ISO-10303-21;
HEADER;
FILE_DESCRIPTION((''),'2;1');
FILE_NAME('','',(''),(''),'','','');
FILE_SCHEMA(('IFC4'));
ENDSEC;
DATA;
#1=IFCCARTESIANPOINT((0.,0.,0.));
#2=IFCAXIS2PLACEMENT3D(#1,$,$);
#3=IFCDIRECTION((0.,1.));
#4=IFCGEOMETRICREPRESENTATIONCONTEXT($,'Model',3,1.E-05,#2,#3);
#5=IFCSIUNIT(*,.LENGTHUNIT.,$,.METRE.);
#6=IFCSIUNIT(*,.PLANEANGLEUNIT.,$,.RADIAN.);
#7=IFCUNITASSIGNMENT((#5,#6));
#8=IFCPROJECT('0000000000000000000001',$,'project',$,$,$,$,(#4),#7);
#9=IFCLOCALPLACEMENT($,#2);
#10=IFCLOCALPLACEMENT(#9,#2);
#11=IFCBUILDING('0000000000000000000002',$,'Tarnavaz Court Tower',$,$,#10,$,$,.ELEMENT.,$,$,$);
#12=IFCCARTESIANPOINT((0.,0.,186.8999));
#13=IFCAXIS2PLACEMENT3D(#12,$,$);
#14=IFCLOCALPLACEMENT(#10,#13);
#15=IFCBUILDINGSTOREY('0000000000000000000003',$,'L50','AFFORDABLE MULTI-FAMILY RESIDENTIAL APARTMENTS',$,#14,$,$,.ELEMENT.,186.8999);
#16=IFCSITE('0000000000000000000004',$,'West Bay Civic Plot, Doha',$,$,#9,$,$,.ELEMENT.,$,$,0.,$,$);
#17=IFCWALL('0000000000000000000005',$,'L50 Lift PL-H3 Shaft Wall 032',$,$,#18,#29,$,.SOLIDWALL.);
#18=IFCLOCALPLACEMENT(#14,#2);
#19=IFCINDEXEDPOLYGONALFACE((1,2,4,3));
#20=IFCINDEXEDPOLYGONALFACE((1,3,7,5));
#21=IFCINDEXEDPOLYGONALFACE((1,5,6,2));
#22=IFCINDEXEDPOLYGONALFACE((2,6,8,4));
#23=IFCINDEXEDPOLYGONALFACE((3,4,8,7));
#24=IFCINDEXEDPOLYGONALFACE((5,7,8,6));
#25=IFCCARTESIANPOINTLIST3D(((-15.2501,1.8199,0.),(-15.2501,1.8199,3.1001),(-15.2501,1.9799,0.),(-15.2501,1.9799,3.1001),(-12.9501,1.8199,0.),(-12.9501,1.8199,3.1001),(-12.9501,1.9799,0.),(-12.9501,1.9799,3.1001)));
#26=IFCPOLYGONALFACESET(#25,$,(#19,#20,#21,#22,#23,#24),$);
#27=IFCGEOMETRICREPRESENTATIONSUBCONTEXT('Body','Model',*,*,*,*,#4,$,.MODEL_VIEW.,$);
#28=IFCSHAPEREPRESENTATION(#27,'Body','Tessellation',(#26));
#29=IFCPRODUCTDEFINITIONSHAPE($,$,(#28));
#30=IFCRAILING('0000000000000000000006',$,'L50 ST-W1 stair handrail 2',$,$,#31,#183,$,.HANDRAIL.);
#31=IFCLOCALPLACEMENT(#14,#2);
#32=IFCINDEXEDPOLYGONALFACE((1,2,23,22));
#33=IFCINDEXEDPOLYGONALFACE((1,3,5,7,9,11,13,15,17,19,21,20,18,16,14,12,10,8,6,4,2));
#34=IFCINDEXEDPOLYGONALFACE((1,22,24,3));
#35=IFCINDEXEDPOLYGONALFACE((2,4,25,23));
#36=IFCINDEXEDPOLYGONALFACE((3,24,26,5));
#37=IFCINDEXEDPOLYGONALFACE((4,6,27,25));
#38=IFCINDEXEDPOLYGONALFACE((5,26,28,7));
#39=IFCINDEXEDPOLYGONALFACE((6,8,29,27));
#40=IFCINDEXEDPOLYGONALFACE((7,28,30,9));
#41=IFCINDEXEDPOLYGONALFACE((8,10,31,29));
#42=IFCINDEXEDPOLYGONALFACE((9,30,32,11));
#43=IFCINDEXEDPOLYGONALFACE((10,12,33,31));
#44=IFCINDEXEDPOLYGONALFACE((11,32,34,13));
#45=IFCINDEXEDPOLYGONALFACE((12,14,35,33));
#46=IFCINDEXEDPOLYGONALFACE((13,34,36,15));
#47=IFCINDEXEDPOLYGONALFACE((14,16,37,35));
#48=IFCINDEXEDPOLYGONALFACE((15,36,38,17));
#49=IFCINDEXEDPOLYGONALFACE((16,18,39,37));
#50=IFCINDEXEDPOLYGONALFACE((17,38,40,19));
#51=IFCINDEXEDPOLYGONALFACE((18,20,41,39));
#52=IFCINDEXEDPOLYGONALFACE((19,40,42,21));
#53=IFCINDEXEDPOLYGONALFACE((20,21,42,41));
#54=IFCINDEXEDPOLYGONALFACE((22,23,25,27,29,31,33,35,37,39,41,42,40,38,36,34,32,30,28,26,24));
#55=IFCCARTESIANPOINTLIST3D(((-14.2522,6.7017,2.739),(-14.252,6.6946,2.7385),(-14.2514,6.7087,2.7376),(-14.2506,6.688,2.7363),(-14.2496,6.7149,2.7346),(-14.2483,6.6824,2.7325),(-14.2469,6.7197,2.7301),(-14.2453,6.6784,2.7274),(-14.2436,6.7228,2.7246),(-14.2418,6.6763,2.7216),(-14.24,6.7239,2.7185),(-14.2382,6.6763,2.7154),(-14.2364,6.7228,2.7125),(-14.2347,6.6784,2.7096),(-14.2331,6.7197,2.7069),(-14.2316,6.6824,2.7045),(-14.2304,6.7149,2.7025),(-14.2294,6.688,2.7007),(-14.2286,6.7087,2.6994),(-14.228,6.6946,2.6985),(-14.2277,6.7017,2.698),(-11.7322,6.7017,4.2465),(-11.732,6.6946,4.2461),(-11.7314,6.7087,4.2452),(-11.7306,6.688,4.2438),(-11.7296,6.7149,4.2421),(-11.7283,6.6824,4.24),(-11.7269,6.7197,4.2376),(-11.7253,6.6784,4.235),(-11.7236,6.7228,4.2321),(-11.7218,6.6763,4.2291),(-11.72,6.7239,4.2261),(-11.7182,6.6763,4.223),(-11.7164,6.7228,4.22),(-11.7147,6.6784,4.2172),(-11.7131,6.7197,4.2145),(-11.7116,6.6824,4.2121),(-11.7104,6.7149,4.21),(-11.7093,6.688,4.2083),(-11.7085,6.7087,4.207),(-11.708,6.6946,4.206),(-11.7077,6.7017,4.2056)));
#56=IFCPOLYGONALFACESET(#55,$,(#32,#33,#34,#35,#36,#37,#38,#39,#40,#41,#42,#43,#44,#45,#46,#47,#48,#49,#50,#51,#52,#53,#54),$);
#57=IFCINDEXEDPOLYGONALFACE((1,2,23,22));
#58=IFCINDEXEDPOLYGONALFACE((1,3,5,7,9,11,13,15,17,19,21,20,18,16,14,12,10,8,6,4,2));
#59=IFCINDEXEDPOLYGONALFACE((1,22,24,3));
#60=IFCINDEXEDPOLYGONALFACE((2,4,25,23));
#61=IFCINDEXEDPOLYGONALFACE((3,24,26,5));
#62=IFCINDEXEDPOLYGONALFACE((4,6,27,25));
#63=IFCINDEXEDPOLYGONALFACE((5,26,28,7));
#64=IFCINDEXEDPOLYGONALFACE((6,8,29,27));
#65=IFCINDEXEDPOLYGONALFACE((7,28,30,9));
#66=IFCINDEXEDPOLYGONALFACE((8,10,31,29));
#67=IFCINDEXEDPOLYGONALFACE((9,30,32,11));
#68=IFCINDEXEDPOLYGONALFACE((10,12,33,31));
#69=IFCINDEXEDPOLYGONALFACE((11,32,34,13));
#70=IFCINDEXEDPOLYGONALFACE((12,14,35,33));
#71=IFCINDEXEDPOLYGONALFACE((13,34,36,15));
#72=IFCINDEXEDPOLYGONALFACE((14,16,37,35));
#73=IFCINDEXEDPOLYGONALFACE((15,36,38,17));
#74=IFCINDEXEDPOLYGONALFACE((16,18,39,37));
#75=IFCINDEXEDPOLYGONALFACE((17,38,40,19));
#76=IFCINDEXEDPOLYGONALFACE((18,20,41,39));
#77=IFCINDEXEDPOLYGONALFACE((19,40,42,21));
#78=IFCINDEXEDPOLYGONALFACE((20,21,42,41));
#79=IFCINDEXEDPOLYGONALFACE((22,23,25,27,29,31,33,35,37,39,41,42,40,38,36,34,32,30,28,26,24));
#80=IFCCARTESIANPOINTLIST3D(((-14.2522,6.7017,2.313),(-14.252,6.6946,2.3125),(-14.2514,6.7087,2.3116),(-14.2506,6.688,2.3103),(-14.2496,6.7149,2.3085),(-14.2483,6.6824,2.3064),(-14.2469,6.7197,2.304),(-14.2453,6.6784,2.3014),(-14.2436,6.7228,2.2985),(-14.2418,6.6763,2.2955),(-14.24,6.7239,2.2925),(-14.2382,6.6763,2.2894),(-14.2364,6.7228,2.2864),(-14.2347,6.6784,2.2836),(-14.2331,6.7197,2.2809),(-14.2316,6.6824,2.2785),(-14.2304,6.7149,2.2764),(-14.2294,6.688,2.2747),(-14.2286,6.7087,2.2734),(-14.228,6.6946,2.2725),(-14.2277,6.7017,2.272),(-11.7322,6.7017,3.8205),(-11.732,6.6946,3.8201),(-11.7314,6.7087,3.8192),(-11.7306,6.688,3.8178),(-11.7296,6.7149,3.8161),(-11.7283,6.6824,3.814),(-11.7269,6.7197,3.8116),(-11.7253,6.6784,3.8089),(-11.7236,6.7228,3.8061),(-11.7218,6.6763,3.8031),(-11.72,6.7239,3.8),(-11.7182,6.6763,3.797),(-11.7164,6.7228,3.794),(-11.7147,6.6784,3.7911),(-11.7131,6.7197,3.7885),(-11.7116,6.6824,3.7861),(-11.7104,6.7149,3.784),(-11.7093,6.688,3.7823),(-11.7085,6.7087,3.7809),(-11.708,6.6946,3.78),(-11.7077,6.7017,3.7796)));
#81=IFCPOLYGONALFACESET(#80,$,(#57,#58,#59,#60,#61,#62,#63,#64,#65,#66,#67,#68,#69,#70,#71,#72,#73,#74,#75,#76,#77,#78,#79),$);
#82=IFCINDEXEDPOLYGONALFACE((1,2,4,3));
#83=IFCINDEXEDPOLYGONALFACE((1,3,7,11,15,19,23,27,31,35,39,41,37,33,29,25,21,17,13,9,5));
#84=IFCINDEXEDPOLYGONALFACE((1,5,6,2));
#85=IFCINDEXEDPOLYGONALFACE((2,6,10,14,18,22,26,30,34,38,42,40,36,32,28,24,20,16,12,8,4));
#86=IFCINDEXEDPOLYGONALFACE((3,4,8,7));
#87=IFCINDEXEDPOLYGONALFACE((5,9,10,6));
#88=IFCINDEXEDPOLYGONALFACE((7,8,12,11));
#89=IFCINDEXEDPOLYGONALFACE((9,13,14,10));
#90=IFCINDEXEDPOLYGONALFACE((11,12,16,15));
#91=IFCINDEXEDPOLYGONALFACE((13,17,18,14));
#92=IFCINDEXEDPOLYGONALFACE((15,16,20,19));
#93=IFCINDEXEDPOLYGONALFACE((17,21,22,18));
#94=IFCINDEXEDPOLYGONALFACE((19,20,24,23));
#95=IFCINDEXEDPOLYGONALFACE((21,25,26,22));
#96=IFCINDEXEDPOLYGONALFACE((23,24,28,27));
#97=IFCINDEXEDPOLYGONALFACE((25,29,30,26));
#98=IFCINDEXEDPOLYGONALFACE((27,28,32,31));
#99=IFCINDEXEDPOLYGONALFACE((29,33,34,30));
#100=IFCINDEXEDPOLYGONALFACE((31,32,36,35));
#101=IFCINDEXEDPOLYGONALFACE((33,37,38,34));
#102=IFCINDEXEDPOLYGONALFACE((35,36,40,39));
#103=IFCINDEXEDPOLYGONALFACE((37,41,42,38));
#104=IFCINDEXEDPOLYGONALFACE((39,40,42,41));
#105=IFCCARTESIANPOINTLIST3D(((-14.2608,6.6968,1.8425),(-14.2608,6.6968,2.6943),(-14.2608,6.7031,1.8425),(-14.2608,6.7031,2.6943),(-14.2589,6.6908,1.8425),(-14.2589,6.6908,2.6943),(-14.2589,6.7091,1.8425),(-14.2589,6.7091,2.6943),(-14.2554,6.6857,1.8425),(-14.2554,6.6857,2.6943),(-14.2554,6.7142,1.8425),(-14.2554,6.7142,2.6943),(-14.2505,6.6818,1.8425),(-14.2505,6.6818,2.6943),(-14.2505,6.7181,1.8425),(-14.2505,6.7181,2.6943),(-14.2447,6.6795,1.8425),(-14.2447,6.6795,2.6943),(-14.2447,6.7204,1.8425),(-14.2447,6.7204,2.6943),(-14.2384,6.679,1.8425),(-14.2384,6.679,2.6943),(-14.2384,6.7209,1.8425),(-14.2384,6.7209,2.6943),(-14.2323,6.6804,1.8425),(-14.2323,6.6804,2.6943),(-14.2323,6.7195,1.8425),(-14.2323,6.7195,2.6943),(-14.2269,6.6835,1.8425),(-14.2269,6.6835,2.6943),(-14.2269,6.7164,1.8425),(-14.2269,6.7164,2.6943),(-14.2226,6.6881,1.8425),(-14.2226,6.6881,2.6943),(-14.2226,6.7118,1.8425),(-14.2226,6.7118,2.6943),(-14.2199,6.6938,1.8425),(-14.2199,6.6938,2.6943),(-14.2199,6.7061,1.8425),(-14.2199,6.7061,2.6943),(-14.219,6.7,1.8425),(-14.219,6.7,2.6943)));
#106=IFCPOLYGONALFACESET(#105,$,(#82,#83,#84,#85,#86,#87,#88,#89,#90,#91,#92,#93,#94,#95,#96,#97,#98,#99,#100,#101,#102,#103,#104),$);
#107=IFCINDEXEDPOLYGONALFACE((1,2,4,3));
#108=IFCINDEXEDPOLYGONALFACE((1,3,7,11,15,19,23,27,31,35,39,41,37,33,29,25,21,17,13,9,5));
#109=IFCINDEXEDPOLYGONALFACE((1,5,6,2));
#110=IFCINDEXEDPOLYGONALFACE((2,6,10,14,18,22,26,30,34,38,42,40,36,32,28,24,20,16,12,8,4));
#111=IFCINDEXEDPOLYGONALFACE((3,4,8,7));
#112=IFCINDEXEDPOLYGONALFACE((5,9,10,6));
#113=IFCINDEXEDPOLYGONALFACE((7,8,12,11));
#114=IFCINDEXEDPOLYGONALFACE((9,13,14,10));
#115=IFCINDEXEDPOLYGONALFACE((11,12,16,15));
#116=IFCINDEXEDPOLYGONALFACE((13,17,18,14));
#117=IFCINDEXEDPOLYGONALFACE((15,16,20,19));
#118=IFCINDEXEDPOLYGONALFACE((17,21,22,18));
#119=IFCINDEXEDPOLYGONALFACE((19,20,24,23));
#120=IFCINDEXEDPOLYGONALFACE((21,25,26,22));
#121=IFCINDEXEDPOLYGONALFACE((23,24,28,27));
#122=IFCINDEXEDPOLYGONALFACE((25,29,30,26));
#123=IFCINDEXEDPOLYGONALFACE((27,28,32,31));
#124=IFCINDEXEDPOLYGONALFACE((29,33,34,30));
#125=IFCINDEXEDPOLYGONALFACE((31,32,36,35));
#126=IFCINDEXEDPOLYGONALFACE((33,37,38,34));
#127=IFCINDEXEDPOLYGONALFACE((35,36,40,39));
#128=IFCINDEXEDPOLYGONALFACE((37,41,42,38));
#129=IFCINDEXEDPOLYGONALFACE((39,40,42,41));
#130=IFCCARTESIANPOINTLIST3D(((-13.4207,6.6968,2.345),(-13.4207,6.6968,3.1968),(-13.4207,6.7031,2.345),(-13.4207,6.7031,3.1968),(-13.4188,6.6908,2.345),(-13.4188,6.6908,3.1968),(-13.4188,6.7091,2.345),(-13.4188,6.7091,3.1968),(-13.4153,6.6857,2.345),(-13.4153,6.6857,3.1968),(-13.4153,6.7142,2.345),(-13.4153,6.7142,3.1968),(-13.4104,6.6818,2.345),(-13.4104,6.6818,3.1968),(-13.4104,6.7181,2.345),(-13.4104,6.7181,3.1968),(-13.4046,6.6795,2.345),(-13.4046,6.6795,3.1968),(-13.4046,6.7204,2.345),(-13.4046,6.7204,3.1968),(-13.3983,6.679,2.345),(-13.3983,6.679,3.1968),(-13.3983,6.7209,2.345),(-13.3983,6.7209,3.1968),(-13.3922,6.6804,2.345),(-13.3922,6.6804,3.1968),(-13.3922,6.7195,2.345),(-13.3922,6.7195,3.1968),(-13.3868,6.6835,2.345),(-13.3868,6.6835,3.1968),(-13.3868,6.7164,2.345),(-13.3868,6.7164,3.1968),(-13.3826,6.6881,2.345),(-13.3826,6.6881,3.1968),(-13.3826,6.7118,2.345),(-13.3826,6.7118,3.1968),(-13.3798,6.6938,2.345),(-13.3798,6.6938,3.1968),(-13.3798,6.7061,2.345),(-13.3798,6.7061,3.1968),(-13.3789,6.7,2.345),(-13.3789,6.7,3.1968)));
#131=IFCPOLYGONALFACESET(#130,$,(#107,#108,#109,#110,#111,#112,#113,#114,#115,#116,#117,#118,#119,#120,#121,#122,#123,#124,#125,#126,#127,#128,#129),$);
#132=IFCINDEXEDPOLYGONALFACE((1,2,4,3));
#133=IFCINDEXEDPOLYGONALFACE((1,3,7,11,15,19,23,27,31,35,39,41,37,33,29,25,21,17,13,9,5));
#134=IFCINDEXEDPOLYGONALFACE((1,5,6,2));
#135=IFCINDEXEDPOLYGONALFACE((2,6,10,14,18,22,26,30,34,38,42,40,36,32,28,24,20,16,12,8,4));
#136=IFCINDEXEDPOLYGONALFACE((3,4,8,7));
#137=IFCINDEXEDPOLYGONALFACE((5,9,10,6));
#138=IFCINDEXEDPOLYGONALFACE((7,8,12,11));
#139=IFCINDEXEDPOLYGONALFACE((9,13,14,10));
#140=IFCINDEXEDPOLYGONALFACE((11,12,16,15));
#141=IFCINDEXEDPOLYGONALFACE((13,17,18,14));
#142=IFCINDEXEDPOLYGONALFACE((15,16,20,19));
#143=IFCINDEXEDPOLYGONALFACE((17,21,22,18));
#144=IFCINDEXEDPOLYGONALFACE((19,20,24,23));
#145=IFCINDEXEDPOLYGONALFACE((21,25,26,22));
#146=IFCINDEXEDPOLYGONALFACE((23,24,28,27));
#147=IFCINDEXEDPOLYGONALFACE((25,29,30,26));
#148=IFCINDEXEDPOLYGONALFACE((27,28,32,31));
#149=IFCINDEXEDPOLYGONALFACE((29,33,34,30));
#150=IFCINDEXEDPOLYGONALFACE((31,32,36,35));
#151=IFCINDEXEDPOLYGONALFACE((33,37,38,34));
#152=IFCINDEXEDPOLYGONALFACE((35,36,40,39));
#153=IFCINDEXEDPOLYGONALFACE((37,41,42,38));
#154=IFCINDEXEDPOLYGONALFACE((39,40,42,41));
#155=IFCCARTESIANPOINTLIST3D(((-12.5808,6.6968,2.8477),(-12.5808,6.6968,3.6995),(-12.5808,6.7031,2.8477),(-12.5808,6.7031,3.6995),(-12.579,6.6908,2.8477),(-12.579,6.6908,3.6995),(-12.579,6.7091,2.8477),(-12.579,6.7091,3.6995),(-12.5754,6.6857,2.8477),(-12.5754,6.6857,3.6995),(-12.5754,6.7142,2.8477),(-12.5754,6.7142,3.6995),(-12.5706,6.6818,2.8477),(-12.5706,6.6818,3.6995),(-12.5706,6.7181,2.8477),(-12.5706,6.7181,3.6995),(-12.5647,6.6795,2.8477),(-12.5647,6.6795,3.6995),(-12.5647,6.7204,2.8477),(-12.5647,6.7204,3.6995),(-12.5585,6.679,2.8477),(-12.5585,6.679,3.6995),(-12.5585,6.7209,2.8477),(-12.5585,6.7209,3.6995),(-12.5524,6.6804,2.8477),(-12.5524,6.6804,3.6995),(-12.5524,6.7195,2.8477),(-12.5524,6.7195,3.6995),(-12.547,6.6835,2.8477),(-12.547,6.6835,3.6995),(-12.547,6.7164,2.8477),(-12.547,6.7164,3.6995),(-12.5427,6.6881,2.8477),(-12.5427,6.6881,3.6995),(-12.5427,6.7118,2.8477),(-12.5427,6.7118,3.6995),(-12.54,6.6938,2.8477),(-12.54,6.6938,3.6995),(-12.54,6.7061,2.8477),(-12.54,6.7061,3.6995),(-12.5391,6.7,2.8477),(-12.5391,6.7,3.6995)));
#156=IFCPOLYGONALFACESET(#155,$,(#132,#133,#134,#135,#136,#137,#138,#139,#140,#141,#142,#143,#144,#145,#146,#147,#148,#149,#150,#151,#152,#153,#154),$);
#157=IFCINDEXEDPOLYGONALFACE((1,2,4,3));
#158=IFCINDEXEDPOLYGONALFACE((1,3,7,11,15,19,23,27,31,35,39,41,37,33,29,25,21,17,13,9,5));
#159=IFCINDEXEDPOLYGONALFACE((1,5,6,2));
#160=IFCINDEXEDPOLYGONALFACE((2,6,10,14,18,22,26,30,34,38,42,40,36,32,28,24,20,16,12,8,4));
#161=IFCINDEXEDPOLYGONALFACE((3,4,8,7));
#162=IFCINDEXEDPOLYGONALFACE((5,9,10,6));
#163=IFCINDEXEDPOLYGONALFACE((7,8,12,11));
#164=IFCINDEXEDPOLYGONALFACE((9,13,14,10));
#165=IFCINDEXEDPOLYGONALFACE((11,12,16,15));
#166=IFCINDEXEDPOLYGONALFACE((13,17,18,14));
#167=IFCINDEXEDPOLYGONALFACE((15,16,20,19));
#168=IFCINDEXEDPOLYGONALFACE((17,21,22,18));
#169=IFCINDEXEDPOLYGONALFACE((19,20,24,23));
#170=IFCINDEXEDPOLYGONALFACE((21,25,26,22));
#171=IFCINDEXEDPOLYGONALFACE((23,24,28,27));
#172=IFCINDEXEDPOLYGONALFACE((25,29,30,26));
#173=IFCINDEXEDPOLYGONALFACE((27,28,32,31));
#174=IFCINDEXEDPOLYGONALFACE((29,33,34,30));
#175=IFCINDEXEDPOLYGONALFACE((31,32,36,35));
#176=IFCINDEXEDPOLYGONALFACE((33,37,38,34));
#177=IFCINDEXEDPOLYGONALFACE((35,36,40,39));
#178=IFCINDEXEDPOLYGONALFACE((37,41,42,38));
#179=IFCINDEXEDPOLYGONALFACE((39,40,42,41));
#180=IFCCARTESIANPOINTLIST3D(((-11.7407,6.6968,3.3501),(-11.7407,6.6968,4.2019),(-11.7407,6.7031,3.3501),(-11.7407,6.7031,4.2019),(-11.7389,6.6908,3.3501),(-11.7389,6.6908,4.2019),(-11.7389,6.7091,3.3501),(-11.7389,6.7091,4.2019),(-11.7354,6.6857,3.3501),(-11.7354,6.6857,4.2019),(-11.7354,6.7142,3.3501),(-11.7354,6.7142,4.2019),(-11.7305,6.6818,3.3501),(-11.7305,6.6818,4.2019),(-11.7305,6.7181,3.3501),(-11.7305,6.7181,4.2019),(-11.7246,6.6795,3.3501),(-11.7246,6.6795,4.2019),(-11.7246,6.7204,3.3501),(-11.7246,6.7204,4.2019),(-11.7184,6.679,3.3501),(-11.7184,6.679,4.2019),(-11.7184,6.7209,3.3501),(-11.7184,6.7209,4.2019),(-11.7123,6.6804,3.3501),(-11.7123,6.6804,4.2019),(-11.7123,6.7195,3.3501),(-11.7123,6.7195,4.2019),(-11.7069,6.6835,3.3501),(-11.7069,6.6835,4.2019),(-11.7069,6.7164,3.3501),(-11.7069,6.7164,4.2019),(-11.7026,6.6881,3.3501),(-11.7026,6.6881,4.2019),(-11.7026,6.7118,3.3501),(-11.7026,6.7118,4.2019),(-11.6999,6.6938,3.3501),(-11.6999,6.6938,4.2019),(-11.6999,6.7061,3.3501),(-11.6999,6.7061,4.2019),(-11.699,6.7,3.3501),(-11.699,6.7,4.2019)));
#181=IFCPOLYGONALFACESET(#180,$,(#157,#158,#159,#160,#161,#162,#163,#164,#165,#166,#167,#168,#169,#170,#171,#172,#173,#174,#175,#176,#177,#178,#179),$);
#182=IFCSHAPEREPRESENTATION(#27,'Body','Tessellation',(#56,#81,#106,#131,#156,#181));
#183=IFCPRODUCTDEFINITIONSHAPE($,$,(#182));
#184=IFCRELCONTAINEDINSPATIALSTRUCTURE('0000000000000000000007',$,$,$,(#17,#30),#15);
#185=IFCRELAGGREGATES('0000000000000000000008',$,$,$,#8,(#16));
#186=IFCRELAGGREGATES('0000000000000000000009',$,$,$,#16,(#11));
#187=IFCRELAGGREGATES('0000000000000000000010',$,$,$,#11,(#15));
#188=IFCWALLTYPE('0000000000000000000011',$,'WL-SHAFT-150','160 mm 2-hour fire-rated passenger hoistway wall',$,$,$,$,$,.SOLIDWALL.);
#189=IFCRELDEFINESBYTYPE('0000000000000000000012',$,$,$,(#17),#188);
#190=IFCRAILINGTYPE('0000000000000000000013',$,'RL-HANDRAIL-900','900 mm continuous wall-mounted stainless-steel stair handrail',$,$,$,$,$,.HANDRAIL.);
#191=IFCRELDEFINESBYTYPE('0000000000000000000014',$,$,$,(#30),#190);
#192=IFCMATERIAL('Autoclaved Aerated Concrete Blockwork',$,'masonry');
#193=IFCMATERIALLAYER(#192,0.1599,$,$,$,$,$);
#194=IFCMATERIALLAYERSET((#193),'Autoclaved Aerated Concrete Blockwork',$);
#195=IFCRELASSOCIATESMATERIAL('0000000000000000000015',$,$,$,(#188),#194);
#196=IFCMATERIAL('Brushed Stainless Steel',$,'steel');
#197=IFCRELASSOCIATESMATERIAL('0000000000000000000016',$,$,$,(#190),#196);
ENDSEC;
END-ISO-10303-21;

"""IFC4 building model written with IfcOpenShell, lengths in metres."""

from ifc_helpers import new_model, si_unit, direction, frame, frame_2d, origin, origin_2d, place, context, subcontext, project, spatial, rectangle, circle, extrude, material, layer, layer_set, type_object, element, save


model = new_model("IFC4")

# Units and contexts
model_context = context("Model", 3, precision=1e-05, world=origin(), true_north=direction((0.0, 1.0)))
body_context = subcontext(model_context, "Body", "Model", "MODEL_VIEW")
ifc_project = project(units=[si_unit("LENGTHUNIT", "METRE"), si_unit("PLANEANGLEUNIT", "RADIAN")], contexts=[model_context])

# Site, building, storey
site_placement = place(None, origin())
site = spatial("IfcSite", under=ifc_project, at=site_placement, Name="West Bay Civic Plot, Doha", CompositionType="ELEMENT", RefElevation=0.0)
building_placement = place(site_placement, origin())
building = spatial("IfcBuilding", under=site, at=building_placement, Name="Tarnavaz Court Tower", CompositionType="ELEMENT")
storey_placement = place(building_placement, frame((0.0, 0.0, 186.8999)))
storey = spatial("IfcBuildingStorey", under=building, at=storey_placement, Name="L50", Description="AFFORDABLE MULTI-FAMILY RESIDENTIAL APARTMENTS", CompositionType="ELEMENT", Elevation=186.8999)

# Shared definitions
ifc_material_1 = material(Name="Autoclaved Aerated Concrete Blockwork", Category="masonry")

# Wall
ifc_layer_1 = layer(ifc_material_1, 0.1599)
ifc_layer_set_1 = layer_set([ifc_layer_1], Name="Autoclaved Aerated Concrete Blockwork")
wall_type_1 = type_object("IfcWallType", Name="WL-SHAFT-150", Description="160 mm 2-hour fire-rated passenger hoistway wall", PredefinedType="SOLIDWALL", material=ifc_layer_set_1)
wall_1_placement = place(storey_placement, frame((-15.25, 1.8999, 0.0), z_axis=(0.0, 0.0, 1.0), x_axis=(1.0, 0.0, 0.0)))
element("IfcWall", 1, at=wall_1_placement, inside=storey, type_object=wall_type_1, Name="L50 Lift PL-H3 Shaft Wall 032", PredefinedType="SOLIDWALL", context=body_context, shape_type="SweptSolid", body=[
    extrude(rectangle(XDim=2.3, YDim=0.1599, at=frame_2d((1.1499, 0.0))), origin(), (0.0, 0.0, 1.0), 3.1001),
])

# Railing
ifc_material_2 = material(Name="Brushed Stainless Steel", Category="steel")
railing_type_1 = type_object("IfcRailingType", Name="RL-HANDRAIL-900", Description="900 mm continuous wall-mounted stainless-steel stair handrail", PredefinedType="HANDRAIL", material=ifc_material_2)
railing_1_placement = place(storey_placement, frame((-14.24, 6.7, 1.8425)))
element("IfcRailing", 2, at=railing_1_placement, inside=storey, type_object=railing_type_1, Name="L50 ST-W1 stair handrail 2", PredefinedType="HANDRAIL", context=body_context, shape_type="SweptSolid", body=[
    extrude(circle(Radius=0.0239, at=origin_2d()), frame((0.0, 0.0, 0.876), z_axis=(0.85816, 0.0, 0.513383), x_axis=(0.0, 1.0, 0.0)), (0.0, 0.0, 1.0), 2.9365),
    extrude(circle(Radius=0.0239, at=origin_2d()), frame((0.0, 0.0, 0.45), z_axis=(0.85816, 0.0, 0.513383), x_axis=(0.0, 1.0, 0.0)), (0.0, 0.0, 1.0), 2.9365),
    extrude(circle(Radius=0.021, at=origin_2d()), origin(), (0.0, 0.0, 1.0), 0.8518),
    extrude(circle(Radius=0.021, at=origin_2d()), frame((0.8401, 0.0, 0.5024)), (0.0, 0.0, 1.0), 0.8518),
    extrude(circle(Radius=0.021, at=origin_2d()), frame((1.6799, 0.0, 1.0051)), (0.0, 0.0, 1.0), 0.8518),
    extrude(circle(Radius=0.021, at=origin_2d()), frame((2.52, 0.0, 1.5076)), (0.0, 0.0, 1.0), 0.8518),
])

save(model, "model.ifc")
